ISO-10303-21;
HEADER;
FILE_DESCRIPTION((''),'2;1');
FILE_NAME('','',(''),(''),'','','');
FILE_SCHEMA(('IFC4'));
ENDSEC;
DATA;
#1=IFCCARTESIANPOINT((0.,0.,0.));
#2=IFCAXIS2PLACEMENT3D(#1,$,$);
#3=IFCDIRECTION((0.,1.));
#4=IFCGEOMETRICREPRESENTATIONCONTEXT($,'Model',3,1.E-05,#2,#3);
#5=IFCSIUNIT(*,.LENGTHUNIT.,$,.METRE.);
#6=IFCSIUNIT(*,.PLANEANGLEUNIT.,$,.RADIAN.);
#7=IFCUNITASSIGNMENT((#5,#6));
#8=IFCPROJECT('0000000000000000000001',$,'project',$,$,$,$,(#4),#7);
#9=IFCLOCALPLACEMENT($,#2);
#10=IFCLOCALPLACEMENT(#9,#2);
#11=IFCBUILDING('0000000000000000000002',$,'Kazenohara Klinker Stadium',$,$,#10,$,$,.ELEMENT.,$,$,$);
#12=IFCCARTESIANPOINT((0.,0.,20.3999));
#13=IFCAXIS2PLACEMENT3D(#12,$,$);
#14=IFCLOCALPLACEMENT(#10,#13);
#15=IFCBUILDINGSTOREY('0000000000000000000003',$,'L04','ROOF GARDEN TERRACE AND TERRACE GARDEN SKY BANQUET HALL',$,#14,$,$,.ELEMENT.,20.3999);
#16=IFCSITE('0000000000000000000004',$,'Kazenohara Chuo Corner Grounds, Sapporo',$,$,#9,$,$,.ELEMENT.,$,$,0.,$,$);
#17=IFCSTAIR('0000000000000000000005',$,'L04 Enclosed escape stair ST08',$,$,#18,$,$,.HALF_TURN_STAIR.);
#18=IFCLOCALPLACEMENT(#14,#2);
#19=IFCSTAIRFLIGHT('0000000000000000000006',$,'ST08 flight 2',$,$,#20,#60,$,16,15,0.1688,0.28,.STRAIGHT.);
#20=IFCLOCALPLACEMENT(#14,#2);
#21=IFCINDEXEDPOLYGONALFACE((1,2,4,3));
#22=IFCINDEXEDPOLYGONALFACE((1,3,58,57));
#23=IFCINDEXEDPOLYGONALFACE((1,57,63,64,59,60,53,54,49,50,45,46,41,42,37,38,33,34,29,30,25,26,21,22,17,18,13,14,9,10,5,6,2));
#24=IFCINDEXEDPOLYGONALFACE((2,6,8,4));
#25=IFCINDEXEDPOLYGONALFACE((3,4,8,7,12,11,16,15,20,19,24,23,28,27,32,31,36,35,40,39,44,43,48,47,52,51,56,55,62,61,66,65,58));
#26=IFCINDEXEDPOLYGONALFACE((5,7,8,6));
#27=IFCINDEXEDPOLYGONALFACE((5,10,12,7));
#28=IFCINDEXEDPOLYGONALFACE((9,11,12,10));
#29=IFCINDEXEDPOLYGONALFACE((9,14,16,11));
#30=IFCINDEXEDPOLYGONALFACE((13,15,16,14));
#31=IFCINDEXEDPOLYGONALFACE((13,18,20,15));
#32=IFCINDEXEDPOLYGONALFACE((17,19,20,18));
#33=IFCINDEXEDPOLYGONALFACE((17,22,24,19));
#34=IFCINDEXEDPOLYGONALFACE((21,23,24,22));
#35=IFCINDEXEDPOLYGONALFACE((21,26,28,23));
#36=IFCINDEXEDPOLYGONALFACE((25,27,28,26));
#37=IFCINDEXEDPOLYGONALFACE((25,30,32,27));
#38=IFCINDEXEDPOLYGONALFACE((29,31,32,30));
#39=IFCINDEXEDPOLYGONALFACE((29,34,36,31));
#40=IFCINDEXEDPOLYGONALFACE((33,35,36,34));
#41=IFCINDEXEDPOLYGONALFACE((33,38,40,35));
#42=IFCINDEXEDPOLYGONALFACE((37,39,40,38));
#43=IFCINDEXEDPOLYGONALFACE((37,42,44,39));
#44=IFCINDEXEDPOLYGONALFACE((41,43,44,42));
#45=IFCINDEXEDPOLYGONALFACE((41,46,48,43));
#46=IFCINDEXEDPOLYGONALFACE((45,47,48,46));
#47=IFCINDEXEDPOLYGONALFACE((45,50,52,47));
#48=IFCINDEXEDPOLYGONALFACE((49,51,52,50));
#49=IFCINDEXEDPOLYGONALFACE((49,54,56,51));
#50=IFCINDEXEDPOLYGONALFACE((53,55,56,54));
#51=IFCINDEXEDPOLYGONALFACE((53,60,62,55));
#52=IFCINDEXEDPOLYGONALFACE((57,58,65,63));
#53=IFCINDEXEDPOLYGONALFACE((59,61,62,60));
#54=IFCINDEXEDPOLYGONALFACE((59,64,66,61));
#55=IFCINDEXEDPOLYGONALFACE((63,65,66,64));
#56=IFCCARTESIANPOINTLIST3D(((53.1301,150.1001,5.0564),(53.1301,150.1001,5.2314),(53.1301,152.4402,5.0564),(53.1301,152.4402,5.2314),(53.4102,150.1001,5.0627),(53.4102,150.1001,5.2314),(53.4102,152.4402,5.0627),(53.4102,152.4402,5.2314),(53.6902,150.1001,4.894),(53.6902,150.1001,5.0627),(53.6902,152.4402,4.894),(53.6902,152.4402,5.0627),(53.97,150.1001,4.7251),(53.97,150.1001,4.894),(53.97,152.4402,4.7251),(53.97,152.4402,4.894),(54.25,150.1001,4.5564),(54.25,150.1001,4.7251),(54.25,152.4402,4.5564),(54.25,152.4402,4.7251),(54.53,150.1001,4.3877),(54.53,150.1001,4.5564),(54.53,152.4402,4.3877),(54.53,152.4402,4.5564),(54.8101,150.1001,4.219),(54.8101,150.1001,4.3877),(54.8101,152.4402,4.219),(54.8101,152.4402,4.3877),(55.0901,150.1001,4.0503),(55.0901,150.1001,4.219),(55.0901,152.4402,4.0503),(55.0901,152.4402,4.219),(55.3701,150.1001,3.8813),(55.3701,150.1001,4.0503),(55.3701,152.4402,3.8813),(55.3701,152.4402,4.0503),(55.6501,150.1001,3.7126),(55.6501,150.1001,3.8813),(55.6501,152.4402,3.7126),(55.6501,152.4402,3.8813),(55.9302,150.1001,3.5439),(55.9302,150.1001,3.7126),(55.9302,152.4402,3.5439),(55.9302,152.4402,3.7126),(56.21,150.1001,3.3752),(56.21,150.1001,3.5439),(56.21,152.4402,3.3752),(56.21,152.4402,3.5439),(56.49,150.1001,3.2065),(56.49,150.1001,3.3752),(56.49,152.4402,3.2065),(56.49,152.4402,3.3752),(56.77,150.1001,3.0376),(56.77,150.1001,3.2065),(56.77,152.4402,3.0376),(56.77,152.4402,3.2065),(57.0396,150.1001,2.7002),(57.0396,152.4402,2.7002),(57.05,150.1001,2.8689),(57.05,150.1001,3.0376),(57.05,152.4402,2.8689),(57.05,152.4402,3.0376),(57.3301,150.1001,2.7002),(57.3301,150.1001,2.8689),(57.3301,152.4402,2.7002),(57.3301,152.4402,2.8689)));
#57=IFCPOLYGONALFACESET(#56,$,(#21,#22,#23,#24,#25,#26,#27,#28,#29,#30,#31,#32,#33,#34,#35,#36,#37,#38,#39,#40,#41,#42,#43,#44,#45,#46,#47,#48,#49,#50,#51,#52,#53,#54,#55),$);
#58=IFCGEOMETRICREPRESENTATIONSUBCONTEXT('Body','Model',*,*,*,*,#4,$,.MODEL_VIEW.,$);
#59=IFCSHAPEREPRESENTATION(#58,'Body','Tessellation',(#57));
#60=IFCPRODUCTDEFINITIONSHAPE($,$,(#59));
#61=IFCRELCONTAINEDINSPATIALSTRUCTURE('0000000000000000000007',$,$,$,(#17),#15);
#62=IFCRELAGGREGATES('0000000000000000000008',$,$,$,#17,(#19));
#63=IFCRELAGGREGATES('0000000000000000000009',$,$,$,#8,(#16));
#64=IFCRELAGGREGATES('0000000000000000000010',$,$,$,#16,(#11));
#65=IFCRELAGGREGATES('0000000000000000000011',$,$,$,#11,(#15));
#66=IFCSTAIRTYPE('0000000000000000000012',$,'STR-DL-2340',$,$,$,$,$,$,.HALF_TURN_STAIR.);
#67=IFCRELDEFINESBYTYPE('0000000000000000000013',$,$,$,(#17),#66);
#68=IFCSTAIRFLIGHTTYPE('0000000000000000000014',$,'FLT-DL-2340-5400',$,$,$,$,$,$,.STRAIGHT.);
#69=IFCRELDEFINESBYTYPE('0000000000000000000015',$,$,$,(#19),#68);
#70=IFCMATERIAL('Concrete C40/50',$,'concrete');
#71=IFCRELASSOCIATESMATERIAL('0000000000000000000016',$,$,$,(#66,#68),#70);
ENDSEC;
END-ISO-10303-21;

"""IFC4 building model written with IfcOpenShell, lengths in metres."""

from ifc_helpers import new_model, si_unit, direction, frame, origin, place, context, subcontext, project, spatial, polyline, outline, extrude, material, type_object, element, aggregate, save


model = new_model("IFC4")

# Units and contexts
model_context = context("Model", 3, precision=1e-05, world=origin(), true_north=direction((0.0, 1.0)))
body_context = subcontext(model_context, "Body", "Model", "MODEL_VIEW")
ifc_project = project(units=[si_unit("LENGTHUNIT", "METRE"), si_unit("PLANEANGLEUNIT", "RADIAN")], contexts=[model_context])

# Site, building, storey
site_placement = place(None, origin())
site = spatial("IfcSite", under=ifc_project, at=site_placement, Name="Kazenohara Chuo Corner Grounds, Sapporo", CompositionType="ELEMENT", RefElevation=0.0)
building_placement = place(site_placement, origin())
building = spatial("IfcBuilding", under=site, at=building_placement, Name="Kazenohara Klinker Stadium", CompositionType="ELEMENT")
storey_placement = place(building_placement, frame((0.0, 0.0, 20.3999)))
storey = spatial("IfcBuildingStorey", under=building, at=storey_placement, Name="L04", Description="ROOF GARDEN TERRACE AND TERRACE GARDEN SKY BANQUET HALL", CompositionType="ELEMENT", Elevation=20.3999)

# Shared definitions
ifc_material_1 = material(Name="Concrete C40/50", Category="concrete")

# Stair, stair flight
stair_type = type_object("IfcStairType", Name="STR-DL-2340", PredefinedType="HALF_TURN_STAIR", material=ifc_material_1)
stair_placement = place(storey_placement, origin())
stair = element("IfcStair", 1, at=stair_placement, inside=storey, type_object=stair_type, Name="L04 Enclosed escape stair ST08", PredefinedType="HALF_TURN_STAIR")
stair_flight_type = type_object("IfcStairFlightType", Name="FLT-DL-2340-5400", PredefinedType="STRAIGHT", material=ifc_material_1)
stair_flight_placement = place(storey_placement, frame((57.3301, 151.27, 2.7002), z_axis=(0.0, 0.0, 1.0), x_axis=(-1.0, 0.0, 0.0)))
stair_flight = element("IfcStairFlight", 2, at=stair_flight_placement, type_object=stair_flight_type, Name="ST08 flight 2", NumberOfRisers=16, NumberOfTreads=15, PredefinedType="STRAIGHT", RiserHeight=0.1688, TreadLength=0.28, context=body_context, shape_type="SweptSolid", body=[
    extrude(outline(polyline([(0.0, 0.0), (0.0, 0.1687), (0.28, 0.1687), (0.28, 0.3374), (0.5601, 0.3374), (0.5601, 0.5063), (0.8401, 0.5063), (0.8401, 0.675), (1.1201, 0.675), (1.1201, 0.8438), (1.3999, 0.8438), (1.3999, 1.0125), (1.6799, 1.0125), (1.6799, 1.1812), (1.96, 1.1812), (1.96, 1.3501), (2.24, 1.3501), (2.24, 1.5188), (2.52, 1.5188), (2.52, 1.6875), (2.8, 1.6875), (2.8, 1.8562), (3.0801, 1.8562), (3.0801, 2.0249), (3.3601, 2.0249), (3.3601, 2.1938), (3.6399, 2.1938), (3.6399, 2.3625), (3.9199, 2.3625), (3.9199, 2.5312), (4.2, 2.5312), (4.2, 2.7), (4.2, 2.3562), (0.2905, 0.0), (0.0, 0.0)])), frame((0.0, 1.1699, 0.0), z_axis=(0.0, -1.0, 0.0), x_axis=(1.0, 0.0, 0.0)), (0.0, 0.0, 1.0), 2.3401),
])
aggregate(stair, [stair_flight])

save(model, "model.ifc")
